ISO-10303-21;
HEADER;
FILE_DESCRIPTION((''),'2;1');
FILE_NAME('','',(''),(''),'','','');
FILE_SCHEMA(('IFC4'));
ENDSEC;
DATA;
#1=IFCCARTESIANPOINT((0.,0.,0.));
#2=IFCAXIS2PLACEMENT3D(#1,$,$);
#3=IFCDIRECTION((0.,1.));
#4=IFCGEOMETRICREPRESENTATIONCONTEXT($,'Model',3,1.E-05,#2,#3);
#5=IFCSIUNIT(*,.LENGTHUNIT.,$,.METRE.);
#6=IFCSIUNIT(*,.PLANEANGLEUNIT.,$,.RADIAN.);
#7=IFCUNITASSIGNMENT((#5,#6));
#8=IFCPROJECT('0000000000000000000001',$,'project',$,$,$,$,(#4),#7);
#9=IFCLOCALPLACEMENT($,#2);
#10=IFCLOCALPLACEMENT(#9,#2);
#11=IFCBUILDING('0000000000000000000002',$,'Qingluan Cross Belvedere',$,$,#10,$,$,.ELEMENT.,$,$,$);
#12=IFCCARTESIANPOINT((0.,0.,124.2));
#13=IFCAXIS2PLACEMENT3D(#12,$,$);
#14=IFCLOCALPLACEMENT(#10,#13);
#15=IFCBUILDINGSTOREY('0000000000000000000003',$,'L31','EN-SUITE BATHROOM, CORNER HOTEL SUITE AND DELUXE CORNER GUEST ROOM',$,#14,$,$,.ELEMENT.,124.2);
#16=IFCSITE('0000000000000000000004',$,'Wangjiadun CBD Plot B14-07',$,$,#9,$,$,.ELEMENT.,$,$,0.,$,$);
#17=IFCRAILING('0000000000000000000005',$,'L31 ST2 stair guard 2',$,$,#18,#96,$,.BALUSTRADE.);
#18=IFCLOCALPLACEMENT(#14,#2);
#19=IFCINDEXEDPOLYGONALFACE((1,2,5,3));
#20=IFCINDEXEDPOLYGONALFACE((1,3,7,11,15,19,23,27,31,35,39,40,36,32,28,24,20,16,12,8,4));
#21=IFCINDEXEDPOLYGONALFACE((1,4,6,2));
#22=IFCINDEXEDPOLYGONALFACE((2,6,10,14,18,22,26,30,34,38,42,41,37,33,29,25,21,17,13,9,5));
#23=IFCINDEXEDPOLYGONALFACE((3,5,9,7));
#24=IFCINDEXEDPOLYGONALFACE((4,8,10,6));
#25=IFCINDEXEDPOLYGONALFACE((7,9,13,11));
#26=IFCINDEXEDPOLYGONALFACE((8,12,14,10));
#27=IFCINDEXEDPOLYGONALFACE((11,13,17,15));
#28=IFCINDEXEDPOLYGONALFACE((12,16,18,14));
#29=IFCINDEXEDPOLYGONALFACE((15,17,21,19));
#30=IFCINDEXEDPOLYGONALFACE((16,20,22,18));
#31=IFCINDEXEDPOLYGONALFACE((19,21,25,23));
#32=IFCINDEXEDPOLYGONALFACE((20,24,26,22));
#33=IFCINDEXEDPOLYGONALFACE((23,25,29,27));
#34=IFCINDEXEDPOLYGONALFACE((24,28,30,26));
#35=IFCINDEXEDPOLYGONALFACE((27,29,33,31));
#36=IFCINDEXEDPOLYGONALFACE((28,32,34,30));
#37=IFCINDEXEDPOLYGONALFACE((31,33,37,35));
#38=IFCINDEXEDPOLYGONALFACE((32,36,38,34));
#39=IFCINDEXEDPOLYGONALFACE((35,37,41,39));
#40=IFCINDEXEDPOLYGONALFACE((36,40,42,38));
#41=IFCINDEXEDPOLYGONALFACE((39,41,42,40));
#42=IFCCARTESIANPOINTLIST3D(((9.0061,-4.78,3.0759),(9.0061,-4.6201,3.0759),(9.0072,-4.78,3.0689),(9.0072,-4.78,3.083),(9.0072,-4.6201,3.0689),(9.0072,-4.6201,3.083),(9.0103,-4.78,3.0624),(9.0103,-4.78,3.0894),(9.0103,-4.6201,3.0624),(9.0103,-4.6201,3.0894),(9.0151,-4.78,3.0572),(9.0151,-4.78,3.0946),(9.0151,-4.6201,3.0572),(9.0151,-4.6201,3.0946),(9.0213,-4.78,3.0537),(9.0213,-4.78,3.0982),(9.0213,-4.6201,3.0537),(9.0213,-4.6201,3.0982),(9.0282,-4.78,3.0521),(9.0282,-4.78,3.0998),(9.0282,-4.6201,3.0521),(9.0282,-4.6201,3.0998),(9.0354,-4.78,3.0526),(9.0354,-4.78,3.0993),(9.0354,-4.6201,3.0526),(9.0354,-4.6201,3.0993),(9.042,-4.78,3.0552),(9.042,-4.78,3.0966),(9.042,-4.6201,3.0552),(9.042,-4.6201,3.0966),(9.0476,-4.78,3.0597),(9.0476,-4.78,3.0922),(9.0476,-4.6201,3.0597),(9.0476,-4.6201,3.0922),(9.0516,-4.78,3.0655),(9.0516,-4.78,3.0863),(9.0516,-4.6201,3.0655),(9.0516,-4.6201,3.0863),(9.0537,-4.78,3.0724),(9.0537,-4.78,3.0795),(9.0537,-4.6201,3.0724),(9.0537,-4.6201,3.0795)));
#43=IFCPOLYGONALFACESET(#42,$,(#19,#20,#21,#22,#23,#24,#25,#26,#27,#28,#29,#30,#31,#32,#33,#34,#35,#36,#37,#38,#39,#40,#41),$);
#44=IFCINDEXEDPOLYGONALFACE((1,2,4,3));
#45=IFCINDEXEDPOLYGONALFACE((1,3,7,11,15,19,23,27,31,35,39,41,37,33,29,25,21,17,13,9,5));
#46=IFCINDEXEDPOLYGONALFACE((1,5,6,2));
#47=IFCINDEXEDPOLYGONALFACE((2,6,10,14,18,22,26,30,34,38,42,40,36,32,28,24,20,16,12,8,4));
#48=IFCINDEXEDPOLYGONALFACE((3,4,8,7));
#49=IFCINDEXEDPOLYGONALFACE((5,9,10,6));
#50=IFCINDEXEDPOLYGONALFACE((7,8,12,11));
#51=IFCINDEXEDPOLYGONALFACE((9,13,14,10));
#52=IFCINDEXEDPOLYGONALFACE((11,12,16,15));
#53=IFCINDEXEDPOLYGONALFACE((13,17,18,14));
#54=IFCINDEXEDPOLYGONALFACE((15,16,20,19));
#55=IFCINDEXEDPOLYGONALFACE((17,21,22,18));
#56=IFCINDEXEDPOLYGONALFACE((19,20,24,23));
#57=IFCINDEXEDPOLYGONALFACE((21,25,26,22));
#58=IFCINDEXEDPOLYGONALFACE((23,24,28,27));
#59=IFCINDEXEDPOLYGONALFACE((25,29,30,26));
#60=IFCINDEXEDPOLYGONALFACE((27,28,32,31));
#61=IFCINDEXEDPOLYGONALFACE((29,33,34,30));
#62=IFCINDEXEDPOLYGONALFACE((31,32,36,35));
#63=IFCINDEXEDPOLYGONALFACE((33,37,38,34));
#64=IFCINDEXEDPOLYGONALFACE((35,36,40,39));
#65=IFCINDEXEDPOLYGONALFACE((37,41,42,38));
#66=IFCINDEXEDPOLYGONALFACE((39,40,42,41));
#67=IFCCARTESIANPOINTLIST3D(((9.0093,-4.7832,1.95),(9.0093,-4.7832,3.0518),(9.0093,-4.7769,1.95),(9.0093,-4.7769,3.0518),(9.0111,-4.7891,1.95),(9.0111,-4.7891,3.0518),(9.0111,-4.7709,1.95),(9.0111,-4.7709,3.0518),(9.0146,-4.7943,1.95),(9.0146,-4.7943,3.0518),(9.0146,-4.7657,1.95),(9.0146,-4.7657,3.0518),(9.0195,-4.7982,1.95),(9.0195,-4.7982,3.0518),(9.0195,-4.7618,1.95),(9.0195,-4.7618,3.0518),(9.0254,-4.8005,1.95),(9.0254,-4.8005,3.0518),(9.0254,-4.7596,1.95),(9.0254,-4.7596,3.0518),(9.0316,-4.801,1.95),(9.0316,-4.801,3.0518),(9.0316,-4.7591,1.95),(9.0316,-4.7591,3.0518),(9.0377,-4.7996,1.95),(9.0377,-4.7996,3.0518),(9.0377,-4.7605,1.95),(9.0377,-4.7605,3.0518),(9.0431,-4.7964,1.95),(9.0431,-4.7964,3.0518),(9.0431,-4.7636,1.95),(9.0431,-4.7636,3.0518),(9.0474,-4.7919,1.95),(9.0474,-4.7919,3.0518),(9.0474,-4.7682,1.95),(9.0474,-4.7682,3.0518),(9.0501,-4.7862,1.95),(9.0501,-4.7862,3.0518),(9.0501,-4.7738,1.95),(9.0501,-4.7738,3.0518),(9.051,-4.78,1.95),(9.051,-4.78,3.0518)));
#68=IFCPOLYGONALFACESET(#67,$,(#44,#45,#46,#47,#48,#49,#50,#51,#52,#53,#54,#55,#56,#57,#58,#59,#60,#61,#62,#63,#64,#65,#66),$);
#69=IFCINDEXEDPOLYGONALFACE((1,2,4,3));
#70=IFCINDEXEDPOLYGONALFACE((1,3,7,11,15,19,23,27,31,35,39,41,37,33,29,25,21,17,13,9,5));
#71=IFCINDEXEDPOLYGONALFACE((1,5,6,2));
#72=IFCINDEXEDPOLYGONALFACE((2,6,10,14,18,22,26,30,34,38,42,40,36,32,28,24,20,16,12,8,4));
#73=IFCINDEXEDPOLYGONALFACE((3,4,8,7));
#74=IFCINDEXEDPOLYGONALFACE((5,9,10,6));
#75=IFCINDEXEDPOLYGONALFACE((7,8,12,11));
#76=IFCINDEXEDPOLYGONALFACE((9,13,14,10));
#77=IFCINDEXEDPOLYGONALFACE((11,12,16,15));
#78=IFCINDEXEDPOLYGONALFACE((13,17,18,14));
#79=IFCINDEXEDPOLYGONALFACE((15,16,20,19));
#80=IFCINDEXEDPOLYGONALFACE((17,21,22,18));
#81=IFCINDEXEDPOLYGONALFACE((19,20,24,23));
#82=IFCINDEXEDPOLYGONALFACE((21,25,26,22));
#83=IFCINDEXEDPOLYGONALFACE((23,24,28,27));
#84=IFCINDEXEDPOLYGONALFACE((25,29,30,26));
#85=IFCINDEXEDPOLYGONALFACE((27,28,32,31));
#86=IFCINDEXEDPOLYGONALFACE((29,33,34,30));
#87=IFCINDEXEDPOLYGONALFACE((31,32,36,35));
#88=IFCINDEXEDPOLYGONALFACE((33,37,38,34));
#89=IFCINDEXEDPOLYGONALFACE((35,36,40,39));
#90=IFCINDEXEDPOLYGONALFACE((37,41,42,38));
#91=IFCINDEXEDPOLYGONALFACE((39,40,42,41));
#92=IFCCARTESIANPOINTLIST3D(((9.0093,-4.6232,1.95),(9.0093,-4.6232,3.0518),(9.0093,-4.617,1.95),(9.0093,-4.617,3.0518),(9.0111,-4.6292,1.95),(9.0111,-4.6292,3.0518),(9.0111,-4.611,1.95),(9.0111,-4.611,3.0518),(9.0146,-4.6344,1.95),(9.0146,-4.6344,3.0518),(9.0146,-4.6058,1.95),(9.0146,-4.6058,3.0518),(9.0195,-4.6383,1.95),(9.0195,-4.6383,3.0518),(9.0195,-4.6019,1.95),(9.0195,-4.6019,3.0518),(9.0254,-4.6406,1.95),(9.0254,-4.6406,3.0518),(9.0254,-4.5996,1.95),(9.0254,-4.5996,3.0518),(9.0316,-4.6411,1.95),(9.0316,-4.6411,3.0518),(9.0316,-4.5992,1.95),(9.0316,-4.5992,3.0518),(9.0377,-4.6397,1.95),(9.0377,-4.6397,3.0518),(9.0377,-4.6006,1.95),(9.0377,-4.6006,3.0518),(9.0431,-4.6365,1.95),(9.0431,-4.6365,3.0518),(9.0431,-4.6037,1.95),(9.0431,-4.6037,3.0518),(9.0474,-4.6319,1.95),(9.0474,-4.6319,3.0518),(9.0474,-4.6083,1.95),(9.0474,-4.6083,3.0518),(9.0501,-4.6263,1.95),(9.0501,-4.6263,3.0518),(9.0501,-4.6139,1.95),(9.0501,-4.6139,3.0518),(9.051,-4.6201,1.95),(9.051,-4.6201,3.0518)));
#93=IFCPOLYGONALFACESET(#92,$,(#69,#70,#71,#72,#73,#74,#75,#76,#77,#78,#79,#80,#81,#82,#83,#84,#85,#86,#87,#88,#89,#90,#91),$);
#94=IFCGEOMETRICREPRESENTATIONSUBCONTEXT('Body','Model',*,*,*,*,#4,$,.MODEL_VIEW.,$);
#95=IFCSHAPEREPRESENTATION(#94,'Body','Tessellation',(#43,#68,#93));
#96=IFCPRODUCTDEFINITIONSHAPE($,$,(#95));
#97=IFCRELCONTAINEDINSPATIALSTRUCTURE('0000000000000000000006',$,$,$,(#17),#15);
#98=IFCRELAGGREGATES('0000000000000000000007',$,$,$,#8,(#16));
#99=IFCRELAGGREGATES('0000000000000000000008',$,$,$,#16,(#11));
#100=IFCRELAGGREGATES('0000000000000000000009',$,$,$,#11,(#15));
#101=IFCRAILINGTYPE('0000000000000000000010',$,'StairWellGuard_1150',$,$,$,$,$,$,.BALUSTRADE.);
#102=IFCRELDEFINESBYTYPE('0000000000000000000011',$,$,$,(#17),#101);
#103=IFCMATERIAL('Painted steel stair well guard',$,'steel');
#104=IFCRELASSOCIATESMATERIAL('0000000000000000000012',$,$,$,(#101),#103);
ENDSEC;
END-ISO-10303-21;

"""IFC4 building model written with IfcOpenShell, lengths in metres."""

from ifc_helpers import new_model, si_unit, direction, frame, origin, origin_2d, place, context, subcontext, project, spatial, circle, extrude, material, type_object, element, save


model = new_model("IFC4")

# Units and contexts
model_context = context("Model", 3, precision=1e-05, world=origin(), true_north=direction((0.0, 1.0)))
body_context = subcontext(model_context, "Body", "Model", "MODEL_VIEW")
ifc_project = project(units=[si_unit("LENGTHUNIT", "METRE"), si_unit("PLANEANGLEUNIT", "RADIAN")], contexts=[model_context])

# Site, building, storey
site_placement = place(None, origin())
site = spatial("IfcSite", under=ifc_project, at=site_placement, Name="Wangjiadun CBD Plot B14-07", CompositionType="ELEMENT", RefElevation=0.0)
building_placement = place(site_placement, origin())
building = spatial("IfcBuilding", under=site, at=building_placement, Name="Qingluan Cross Belvedere", CompositionType="ELEMENT")
storey_placement = place(building_placement, frame((0.0, 0.0, 124.2)))
storey = spatial("IfcBuildingStorey", under=building, at=storey_placement, Name="L31", Description="EN-SUITE BATHROOM, CORNER HOTEL SUITE AND DELUXE CORNER GUEST ROOM", CompositionType="ELEMENT", Elevation=124.2)

# Railing
ifc_material_1 = material(Name="Painted steel stair well guard", Category="steel")
railing_type_1 = type_object("IfcRailingType", Name="StairWellGuard_1150", PredefinedType="BALUSTRADE", material=ifc_material_1)
railing_1_placement = place(storey_placement, frame((9.03, -4.78, 1.95)))
element("IfcRailing", 1, at=railing_1_placement, inside=storey, type_object=railing_type_1, Name="L31 ST2 stair guard 2", PredefinedType="BALUSTRADE", context=body_context, shape_type="SweptSolid", body=[
    extrude(circle(Radius=0.0239, at=origin_2d()), frame((0.0, 0.0, 1.126), z_axis=(0.0, 1.0, 0.0), x_axis=(-1.0, 0.0, 0.0)), (0.0, 0.0, 1.0), 0.1599),
    extrude(circle(Radius=0.021, at=origin_2d()), origin(), (0.0, 0.0, 1.0), 1.1018),
    extrude(circle(Radius=0.021, at=origin_2d()), frame((0.0, 0.1599, 0.0)), (0.0, 0.0, 1.0), 1.1018),
])

save(model, "model.ifc")
